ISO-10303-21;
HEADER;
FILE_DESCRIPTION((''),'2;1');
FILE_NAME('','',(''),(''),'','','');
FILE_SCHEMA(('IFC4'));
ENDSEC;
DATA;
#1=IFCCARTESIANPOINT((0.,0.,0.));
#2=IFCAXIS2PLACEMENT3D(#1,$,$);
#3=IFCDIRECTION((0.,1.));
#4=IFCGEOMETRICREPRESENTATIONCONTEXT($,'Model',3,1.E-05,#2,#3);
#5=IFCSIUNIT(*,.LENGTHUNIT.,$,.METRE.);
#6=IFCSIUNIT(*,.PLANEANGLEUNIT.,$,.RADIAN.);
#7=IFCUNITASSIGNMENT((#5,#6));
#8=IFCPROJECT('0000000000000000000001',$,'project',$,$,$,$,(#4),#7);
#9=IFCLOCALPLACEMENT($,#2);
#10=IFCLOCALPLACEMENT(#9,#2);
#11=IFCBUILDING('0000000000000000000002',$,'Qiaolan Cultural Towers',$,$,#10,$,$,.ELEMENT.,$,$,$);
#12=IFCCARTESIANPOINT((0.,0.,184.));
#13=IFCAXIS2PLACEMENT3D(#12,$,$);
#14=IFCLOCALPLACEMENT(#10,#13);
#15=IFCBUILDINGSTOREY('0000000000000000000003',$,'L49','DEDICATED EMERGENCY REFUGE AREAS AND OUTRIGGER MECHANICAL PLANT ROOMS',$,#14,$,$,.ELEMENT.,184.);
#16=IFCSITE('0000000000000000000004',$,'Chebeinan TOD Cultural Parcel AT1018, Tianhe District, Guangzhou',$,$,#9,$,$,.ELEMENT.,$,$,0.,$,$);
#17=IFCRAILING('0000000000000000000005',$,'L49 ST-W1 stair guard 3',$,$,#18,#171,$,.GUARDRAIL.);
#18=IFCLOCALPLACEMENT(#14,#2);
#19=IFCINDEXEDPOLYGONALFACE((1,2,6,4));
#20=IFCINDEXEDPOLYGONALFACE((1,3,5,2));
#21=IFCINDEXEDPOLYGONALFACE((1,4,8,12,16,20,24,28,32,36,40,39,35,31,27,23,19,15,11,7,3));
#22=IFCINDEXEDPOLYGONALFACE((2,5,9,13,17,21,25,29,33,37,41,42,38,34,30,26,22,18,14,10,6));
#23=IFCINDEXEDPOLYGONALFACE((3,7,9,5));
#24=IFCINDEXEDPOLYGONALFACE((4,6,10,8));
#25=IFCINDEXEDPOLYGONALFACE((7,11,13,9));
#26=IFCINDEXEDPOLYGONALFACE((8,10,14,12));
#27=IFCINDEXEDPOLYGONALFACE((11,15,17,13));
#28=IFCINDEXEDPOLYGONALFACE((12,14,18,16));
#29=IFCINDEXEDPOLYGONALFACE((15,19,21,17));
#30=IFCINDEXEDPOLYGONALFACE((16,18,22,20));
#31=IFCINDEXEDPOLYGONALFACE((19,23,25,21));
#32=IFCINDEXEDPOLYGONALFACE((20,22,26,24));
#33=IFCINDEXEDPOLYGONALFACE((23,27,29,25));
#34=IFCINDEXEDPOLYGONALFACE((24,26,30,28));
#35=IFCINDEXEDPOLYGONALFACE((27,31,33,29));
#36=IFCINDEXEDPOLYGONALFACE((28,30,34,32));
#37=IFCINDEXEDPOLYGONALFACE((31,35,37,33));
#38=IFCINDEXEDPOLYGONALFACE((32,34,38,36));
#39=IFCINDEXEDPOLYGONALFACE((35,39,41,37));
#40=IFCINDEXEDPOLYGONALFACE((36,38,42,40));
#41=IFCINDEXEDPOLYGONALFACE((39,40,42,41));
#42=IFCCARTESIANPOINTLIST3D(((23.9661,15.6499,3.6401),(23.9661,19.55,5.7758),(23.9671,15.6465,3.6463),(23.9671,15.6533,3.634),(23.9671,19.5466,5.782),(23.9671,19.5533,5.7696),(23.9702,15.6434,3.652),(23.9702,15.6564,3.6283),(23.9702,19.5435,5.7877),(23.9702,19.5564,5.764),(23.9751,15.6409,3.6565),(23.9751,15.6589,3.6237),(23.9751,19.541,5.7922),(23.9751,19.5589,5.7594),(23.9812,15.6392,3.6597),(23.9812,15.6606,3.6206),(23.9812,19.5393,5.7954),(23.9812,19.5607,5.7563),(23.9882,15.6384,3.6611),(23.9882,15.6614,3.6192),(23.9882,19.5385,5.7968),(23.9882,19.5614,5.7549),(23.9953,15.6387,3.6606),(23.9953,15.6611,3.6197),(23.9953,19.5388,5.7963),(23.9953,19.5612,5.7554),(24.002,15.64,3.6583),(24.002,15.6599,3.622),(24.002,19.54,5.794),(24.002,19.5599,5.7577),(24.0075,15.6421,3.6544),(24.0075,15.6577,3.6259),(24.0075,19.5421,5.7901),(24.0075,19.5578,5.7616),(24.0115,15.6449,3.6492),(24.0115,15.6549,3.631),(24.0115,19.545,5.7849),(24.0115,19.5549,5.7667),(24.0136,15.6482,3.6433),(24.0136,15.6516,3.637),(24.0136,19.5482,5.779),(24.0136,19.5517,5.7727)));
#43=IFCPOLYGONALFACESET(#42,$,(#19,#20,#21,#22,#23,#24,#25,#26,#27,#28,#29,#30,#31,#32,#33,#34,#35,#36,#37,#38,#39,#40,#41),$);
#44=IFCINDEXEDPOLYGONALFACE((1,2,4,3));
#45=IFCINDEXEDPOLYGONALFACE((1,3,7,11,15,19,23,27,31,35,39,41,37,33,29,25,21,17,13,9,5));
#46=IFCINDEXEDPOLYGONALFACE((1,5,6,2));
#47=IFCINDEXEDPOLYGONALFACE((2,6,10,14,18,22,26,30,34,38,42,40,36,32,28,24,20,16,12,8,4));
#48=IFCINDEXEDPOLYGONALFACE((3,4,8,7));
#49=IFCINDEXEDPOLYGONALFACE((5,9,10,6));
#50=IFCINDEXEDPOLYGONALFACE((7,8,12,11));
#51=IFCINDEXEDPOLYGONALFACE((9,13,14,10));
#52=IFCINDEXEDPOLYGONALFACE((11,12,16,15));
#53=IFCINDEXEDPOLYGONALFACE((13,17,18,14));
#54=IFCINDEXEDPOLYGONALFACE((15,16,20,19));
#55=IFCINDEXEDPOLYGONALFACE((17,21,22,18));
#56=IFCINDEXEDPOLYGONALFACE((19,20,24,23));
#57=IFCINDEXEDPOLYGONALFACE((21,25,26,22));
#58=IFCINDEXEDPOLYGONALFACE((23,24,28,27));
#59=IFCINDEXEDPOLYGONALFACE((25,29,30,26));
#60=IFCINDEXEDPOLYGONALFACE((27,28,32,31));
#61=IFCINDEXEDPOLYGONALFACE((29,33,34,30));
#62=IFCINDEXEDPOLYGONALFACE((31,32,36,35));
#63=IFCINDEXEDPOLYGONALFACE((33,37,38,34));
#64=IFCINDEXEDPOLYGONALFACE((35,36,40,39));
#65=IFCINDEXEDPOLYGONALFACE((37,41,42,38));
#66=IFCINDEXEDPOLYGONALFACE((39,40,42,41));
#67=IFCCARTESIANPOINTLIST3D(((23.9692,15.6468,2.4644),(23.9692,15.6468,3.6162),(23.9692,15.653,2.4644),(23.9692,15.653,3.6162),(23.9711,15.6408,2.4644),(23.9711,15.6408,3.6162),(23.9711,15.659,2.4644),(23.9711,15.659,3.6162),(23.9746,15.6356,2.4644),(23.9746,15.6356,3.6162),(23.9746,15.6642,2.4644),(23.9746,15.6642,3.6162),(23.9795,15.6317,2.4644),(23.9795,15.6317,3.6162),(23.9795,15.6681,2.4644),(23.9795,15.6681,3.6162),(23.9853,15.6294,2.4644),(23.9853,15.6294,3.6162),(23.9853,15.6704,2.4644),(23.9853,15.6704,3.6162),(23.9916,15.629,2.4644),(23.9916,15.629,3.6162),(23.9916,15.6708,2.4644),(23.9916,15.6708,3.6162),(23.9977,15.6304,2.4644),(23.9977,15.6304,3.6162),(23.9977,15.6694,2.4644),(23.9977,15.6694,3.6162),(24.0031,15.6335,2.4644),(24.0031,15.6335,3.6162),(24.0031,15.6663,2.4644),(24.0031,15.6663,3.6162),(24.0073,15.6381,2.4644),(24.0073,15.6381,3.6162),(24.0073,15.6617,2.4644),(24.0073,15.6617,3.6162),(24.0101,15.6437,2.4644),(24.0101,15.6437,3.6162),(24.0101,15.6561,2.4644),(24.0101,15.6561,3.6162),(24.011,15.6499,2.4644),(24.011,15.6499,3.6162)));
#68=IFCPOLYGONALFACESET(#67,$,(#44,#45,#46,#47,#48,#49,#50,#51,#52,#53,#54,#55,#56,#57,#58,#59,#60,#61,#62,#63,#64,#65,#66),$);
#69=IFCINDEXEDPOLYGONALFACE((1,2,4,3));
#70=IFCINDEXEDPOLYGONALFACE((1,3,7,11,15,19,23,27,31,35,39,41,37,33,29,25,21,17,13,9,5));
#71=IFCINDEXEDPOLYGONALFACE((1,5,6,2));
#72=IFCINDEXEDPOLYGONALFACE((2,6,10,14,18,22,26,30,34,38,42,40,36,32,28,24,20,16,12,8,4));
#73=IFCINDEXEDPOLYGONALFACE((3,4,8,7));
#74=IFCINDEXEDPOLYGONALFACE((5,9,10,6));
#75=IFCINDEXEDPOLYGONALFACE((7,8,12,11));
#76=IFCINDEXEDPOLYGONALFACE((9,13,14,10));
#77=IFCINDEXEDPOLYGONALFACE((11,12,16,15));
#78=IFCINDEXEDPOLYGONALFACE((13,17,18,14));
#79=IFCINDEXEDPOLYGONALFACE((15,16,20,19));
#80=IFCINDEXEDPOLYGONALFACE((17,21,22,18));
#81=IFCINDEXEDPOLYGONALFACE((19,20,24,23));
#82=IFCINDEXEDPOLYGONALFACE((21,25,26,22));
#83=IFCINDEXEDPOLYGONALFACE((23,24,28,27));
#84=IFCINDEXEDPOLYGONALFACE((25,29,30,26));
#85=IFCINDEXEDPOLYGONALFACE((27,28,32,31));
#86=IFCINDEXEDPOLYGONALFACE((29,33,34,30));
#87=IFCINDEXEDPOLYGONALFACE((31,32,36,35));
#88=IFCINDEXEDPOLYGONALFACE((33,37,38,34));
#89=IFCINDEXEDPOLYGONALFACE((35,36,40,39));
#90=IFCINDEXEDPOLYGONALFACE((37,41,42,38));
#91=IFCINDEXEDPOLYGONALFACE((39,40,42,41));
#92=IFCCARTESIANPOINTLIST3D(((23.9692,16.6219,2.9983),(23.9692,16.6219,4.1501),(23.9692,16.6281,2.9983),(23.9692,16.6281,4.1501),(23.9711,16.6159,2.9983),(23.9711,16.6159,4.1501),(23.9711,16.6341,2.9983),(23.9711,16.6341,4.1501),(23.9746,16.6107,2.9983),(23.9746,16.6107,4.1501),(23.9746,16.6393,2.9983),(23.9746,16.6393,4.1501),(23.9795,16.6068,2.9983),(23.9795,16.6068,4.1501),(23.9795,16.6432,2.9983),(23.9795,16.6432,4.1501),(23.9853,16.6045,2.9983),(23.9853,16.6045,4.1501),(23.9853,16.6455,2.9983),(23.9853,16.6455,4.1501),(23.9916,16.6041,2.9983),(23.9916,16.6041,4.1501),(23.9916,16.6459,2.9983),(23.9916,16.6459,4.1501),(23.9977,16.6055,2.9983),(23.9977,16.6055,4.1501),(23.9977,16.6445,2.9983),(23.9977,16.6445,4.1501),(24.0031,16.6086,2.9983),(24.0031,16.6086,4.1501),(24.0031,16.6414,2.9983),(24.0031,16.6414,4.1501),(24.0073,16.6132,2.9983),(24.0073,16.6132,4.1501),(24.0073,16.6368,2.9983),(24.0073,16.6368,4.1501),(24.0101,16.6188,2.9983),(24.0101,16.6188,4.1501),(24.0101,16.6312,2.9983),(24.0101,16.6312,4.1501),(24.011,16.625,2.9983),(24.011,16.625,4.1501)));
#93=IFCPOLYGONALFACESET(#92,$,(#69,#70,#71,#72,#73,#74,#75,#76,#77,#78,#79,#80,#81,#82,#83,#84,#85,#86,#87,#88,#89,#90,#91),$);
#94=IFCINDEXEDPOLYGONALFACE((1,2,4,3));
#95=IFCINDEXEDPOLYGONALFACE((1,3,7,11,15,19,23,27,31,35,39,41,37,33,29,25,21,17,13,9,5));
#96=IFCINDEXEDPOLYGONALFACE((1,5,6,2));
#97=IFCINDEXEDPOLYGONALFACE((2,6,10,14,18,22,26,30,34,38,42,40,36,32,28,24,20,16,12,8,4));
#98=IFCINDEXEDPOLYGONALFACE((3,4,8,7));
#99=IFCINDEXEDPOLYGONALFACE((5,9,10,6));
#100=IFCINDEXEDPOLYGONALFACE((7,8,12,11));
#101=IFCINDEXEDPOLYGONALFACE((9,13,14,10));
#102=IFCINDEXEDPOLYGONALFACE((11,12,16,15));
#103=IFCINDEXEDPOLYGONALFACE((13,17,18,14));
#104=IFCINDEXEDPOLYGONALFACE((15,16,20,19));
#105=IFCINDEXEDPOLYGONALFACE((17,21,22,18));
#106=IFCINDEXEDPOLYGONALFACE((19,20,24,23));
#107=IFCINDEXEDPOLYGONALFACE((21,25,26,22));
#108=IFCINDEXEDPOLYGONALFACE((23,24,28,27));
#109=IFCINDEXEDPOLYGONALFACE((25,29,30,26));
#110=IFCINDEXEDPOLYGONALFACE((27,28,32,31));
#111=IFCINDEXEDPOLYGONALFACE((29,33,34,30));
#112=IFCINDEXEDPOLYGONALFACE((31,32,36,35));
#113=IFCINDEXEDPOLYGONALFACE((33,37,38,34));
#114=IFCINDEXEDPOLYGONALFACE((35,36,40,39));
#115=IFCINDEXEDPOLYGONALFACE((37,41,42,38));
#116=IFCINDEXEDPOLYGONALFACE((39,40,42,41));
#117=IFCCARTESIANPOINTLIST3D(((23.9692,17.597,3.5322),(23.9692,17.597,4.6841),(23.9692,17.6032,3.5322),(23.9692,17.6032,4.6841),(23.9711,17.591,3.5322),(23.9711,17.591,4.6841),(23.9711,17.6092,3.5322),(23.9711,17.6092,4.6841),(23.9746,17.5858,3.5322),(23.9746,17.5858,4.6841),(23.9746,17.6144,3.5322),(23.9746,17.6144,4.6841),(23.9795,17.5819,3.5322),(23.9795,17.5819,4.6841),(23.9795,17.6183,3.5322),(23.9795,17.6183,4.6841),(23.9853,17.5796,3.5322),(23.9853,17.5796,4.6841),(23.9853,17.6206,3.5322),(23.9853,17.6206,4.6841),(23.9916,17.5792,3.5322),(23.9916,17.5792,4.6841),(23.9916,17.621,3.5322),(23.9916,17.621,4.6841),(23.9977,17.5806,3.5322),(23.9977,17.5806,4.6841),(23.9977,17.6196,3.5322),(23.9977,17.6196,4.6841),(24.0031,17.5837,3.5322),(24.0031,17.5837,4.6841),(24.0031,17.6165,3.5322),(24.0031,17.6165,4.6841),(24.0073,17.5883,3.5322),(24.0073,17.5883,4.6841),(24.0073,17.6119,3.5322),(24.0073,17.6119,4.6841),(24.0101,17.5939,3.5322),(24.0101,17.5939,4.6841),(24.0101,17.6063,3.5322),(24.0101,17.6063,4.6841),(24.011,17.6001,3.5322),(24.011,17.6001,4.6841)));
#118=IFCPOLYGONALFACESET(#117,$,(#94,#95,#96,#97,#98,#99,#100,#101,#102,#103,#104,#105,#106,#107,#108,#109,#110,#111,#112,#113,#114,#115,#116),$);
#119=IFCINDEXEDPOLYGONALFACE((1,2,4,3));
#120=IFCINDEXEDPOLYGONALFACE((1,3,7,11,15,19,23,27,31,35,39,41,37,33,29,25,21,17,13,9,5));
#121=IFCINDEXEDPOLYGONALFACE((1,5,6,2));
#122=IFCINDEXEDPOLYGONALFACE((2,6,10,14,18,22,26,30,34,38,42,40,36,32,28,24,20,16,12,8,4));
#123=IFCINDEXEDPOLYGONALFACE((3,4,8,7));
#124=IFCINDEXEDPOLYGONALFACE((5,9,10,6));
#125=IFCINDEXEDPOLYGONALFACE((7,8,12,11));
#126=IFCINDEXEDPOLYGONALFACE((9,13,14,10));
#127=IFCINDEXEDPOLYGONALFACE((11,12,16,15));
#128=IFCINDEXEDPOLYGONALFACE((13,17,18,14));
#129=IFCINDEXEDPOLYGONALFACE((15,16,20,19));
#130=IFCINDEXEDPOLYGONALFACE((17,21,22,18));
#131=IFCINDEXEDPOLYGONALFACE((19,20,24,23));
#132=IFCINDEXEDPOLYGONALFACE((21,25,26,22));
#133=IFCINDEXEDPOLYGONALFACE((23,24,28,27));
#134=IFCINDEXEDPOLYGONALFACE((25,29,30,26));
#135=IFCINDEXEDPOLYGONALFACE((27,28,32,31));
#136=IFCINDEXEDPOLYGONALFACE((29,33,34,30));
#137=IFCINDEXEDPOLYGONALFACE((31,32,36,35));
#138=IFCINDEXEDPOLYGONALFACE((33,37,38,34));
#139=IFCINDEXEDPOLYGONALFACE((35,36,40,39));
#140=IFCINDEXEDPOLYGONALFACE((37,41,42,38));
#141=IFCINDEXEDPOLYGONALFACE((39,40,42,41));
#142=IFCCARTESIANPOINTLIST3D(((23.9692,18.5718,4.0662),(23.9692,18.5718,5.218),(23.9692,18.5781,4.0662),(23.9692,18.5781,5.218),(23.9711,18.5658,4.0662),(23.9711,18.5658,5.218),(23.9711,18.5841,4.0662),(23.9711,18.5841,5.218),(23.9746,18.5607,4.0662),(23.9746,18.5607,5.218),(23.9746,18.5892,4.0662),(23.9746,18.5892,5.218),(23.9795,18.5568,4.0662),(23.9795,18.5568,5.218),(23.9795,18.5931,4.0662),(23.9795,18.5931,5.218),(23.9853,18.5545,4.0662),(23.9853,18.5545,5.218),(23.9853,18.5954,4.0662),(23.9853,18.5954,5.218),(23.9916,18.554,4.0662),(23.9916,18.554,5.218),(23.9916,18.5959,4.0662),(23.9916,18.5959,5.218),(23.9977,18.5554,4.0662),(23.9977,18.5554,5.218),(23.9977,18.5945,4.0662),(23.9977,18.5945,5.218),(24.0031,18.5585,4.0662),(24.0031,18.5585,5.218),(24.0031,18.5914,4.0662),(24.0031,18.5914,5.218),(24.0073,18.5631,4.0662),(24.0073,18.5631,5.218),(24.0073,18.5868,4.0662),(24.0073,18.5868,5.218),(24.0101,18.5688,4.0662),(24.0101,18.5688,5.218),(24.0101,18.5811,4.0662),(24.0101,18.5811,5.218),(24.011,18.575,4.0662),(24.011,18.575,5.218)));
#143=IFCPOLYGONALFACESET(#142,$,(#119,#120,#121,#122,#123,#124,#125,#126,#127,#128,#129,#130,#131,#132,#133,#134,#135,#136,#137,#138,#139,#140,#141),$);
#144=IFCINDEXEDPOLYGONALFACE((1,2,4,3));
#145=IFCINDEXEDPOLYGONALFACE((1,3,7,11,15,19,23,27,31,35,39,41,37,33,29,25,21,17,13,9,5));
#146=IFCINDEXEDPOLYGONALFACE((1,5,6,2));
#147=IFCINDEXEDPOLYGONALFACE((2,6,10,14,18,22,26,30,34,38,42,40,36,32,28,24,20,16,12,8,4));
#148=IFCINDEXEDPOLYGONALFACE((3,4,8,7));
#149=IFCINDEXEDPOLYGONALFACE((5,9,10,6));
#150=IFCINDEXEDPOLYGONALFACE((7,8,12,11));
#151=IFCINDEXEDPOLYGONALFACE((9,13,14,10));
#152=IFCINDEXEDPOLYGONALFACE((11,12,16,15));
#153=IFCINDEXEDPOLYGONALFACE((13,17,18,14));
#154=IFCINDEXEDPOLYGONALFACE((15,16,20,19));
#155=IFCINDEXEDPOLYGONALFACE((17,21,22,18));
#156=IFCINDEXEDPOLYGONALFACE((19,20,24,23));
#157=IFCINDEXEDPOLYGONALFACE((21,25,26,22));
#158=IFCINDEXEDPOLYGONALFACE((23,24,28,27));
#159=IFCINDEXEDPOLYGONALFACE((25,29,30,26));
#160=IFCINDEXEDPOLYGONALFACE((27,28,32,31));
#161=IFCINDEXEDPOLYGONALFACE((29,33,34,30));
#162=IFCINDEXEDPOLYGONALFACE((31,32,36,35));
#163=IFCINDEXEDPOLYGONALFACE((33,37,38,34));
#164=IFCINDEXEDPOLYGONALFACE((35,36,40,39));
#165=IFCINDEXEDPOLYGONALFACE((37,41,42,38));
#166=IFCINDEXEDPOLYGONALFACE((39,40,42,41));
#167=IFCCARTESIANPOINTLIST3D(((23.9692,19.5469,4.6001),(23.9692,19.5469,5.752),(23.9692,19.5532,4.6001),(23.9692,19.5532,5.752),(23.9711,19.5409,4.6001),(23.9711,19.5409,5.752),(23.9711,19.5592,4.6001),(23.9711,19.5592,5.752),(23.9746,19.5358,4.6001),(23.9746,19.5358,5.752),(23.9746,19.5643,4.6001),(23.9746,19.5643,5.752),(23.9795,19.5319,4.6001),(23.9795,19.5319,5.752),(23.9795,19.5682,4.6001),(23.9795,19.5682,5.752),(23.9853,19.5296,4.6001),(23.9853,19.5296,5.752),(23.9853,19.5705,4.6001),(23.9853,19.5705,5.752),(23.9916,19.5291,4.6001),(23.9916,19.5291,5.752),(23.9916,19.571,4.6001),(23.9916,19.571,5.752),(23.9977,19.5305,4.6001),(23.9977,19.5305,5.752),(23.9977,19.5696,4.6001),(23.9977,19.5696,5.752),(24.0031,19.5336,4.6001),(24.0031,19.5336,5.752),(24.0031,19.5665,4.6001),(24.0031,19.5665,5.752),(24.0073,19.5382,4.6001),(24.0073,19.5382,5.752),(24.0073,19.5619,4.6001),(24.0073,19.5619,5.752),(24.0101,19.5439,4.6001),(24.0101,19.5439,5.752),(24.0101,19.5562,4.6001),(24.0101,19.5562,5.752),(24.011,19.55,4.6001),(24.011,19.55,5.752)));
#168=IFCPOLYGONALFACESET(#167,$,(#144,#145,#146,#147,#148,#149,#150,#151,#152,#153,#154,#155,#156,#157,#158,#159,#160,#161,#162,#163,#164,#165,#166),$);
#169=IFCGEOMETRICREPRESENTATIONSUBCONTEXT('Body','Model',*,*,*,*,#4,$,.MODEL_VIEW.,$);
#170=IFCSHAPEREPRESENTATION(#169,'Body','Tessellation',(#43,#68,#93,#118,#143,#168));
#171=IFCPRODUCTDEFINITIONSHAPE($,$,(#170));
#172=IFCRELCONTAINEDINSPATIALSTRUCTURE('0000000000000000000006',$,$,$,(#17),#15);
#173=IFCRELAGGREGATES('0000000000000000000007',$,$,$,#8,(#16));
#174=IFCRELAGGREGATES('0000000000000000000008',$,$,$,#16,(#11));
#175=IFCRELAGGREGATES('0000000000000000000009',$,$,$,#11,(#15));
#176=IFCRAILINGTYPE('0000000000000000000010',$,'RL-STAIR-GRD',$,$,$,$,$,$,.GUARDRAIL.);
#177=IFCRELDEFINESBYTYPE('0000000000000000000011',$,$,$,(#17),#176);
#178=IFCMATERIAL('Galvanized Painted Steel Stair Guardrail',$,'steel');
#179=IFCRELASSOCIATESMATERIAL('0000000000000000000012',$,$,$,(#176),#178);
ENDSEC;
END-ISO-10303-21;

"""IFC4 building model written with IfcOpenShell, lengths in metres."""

from ifc_helpers import new_model, si_unit, direction, frame, origin, origin_2d, place, context, subcontext, project, spatial, circle, extrude, material, type_object, element, save


model = new_model("IFC4")

# Units and contexts
model_context = context("Model", 3, precision=1e-05, world=origin(), true_north=direction((0.0, 1.0)))
body_context = subcontext(model_context, "Body", "Model", "MODEL_VIEW")
ifc_project = project(units=[si_unit("LENGTHUNIT", "METRE"), si_unit("PLANEANGLEUNIT", "RADIAN")], contexts=[model_context])

# Site, building, storey
site_placement = place(None, origin())
site = spatial("IfcSite", under=ifc_project, at=site_placement, Name="Chebeinan TOD Cultural Parcel AT1018, Tianhe District, Guangzhou", CompositionType="ELEMENT", RefElevation=0.0)
building_placement = place(site_placement, origin())
building = spatial("IfcBuilding", under=site, at=building_placement, Name="Qiaolan Cultural Towers", CompositionType="ELEMENT")
storey_placement = place(building_placement, frame((0.0, 0.0, 184.0)))
storey = spatial("IfcBuildingStorey", under=building, at=storey_placement, Name="L49", Description="DEDICATED EMERGENCY REFUGE AREAS AND OUTRIGGER MECHANICAL PLANT ROOMS", CompositionType="ELEMENT", Elevation=184.0)

# Railing
ifc_material_1 = material(Name="Galvanized Painted Steel Stair Guardrail", Category="steel")
railing_type_1 = type_object("IfcRailingType", Name="RL-STAIR-GRD", PredefinedType="GUARDRAIL", material=ifc_material_1)
railing_1_placement = place(storey_placement, frame((23.99, 15.6499, 2.4644)))
element("IfcRailing", 1, at=railing_1_placement, inside=storey, type_object=railing_type_1, Name="L49 ST-W1 stair guard 3", PredefinedType="GUARDRAIL", context=body_context, shape_type="SweptSolid", body=[
    extrude(circle(Radius=0.0239, at=origin_2d()), frame((0.0, 0.0, 1.1758), z_axis=(0.0, 0.877101, 0.480306), x_axis=(-1.0, 0.0, 0.0)), (0.0, 0.0, 1.0), 4.4465),
    extrude(circle(Radius=0.021, at=origin_2d()), origin(), (0.0, 0.0, 1.0), 1.1519),
    extrude(circle(Radius=0.021, at=origin_2d()), frame((0.0, 0.9751, 0.5339)), (0.0, 0.0, 1.0), 1.1519),
    extrude(circle(Radius=0.021, at=origin_2d()), frame((0.0, 1.9502, 1.0679)), (0.0, 0.0, 1.0), 1.1519),
    extrude(circle(Radius=0.021, at=origin_2d()), frame((0.0, 2.925, 1.6018)), (0.0, 0.0, 1.0), 1.1519),
    extrude(circle(Radius=0.021, at=origin_2d()), frame((0.0, 3.9001, 2.1357)), (0.0, 0.0, 1.0), 1.1519),
])

save(model, "model.ifc")
